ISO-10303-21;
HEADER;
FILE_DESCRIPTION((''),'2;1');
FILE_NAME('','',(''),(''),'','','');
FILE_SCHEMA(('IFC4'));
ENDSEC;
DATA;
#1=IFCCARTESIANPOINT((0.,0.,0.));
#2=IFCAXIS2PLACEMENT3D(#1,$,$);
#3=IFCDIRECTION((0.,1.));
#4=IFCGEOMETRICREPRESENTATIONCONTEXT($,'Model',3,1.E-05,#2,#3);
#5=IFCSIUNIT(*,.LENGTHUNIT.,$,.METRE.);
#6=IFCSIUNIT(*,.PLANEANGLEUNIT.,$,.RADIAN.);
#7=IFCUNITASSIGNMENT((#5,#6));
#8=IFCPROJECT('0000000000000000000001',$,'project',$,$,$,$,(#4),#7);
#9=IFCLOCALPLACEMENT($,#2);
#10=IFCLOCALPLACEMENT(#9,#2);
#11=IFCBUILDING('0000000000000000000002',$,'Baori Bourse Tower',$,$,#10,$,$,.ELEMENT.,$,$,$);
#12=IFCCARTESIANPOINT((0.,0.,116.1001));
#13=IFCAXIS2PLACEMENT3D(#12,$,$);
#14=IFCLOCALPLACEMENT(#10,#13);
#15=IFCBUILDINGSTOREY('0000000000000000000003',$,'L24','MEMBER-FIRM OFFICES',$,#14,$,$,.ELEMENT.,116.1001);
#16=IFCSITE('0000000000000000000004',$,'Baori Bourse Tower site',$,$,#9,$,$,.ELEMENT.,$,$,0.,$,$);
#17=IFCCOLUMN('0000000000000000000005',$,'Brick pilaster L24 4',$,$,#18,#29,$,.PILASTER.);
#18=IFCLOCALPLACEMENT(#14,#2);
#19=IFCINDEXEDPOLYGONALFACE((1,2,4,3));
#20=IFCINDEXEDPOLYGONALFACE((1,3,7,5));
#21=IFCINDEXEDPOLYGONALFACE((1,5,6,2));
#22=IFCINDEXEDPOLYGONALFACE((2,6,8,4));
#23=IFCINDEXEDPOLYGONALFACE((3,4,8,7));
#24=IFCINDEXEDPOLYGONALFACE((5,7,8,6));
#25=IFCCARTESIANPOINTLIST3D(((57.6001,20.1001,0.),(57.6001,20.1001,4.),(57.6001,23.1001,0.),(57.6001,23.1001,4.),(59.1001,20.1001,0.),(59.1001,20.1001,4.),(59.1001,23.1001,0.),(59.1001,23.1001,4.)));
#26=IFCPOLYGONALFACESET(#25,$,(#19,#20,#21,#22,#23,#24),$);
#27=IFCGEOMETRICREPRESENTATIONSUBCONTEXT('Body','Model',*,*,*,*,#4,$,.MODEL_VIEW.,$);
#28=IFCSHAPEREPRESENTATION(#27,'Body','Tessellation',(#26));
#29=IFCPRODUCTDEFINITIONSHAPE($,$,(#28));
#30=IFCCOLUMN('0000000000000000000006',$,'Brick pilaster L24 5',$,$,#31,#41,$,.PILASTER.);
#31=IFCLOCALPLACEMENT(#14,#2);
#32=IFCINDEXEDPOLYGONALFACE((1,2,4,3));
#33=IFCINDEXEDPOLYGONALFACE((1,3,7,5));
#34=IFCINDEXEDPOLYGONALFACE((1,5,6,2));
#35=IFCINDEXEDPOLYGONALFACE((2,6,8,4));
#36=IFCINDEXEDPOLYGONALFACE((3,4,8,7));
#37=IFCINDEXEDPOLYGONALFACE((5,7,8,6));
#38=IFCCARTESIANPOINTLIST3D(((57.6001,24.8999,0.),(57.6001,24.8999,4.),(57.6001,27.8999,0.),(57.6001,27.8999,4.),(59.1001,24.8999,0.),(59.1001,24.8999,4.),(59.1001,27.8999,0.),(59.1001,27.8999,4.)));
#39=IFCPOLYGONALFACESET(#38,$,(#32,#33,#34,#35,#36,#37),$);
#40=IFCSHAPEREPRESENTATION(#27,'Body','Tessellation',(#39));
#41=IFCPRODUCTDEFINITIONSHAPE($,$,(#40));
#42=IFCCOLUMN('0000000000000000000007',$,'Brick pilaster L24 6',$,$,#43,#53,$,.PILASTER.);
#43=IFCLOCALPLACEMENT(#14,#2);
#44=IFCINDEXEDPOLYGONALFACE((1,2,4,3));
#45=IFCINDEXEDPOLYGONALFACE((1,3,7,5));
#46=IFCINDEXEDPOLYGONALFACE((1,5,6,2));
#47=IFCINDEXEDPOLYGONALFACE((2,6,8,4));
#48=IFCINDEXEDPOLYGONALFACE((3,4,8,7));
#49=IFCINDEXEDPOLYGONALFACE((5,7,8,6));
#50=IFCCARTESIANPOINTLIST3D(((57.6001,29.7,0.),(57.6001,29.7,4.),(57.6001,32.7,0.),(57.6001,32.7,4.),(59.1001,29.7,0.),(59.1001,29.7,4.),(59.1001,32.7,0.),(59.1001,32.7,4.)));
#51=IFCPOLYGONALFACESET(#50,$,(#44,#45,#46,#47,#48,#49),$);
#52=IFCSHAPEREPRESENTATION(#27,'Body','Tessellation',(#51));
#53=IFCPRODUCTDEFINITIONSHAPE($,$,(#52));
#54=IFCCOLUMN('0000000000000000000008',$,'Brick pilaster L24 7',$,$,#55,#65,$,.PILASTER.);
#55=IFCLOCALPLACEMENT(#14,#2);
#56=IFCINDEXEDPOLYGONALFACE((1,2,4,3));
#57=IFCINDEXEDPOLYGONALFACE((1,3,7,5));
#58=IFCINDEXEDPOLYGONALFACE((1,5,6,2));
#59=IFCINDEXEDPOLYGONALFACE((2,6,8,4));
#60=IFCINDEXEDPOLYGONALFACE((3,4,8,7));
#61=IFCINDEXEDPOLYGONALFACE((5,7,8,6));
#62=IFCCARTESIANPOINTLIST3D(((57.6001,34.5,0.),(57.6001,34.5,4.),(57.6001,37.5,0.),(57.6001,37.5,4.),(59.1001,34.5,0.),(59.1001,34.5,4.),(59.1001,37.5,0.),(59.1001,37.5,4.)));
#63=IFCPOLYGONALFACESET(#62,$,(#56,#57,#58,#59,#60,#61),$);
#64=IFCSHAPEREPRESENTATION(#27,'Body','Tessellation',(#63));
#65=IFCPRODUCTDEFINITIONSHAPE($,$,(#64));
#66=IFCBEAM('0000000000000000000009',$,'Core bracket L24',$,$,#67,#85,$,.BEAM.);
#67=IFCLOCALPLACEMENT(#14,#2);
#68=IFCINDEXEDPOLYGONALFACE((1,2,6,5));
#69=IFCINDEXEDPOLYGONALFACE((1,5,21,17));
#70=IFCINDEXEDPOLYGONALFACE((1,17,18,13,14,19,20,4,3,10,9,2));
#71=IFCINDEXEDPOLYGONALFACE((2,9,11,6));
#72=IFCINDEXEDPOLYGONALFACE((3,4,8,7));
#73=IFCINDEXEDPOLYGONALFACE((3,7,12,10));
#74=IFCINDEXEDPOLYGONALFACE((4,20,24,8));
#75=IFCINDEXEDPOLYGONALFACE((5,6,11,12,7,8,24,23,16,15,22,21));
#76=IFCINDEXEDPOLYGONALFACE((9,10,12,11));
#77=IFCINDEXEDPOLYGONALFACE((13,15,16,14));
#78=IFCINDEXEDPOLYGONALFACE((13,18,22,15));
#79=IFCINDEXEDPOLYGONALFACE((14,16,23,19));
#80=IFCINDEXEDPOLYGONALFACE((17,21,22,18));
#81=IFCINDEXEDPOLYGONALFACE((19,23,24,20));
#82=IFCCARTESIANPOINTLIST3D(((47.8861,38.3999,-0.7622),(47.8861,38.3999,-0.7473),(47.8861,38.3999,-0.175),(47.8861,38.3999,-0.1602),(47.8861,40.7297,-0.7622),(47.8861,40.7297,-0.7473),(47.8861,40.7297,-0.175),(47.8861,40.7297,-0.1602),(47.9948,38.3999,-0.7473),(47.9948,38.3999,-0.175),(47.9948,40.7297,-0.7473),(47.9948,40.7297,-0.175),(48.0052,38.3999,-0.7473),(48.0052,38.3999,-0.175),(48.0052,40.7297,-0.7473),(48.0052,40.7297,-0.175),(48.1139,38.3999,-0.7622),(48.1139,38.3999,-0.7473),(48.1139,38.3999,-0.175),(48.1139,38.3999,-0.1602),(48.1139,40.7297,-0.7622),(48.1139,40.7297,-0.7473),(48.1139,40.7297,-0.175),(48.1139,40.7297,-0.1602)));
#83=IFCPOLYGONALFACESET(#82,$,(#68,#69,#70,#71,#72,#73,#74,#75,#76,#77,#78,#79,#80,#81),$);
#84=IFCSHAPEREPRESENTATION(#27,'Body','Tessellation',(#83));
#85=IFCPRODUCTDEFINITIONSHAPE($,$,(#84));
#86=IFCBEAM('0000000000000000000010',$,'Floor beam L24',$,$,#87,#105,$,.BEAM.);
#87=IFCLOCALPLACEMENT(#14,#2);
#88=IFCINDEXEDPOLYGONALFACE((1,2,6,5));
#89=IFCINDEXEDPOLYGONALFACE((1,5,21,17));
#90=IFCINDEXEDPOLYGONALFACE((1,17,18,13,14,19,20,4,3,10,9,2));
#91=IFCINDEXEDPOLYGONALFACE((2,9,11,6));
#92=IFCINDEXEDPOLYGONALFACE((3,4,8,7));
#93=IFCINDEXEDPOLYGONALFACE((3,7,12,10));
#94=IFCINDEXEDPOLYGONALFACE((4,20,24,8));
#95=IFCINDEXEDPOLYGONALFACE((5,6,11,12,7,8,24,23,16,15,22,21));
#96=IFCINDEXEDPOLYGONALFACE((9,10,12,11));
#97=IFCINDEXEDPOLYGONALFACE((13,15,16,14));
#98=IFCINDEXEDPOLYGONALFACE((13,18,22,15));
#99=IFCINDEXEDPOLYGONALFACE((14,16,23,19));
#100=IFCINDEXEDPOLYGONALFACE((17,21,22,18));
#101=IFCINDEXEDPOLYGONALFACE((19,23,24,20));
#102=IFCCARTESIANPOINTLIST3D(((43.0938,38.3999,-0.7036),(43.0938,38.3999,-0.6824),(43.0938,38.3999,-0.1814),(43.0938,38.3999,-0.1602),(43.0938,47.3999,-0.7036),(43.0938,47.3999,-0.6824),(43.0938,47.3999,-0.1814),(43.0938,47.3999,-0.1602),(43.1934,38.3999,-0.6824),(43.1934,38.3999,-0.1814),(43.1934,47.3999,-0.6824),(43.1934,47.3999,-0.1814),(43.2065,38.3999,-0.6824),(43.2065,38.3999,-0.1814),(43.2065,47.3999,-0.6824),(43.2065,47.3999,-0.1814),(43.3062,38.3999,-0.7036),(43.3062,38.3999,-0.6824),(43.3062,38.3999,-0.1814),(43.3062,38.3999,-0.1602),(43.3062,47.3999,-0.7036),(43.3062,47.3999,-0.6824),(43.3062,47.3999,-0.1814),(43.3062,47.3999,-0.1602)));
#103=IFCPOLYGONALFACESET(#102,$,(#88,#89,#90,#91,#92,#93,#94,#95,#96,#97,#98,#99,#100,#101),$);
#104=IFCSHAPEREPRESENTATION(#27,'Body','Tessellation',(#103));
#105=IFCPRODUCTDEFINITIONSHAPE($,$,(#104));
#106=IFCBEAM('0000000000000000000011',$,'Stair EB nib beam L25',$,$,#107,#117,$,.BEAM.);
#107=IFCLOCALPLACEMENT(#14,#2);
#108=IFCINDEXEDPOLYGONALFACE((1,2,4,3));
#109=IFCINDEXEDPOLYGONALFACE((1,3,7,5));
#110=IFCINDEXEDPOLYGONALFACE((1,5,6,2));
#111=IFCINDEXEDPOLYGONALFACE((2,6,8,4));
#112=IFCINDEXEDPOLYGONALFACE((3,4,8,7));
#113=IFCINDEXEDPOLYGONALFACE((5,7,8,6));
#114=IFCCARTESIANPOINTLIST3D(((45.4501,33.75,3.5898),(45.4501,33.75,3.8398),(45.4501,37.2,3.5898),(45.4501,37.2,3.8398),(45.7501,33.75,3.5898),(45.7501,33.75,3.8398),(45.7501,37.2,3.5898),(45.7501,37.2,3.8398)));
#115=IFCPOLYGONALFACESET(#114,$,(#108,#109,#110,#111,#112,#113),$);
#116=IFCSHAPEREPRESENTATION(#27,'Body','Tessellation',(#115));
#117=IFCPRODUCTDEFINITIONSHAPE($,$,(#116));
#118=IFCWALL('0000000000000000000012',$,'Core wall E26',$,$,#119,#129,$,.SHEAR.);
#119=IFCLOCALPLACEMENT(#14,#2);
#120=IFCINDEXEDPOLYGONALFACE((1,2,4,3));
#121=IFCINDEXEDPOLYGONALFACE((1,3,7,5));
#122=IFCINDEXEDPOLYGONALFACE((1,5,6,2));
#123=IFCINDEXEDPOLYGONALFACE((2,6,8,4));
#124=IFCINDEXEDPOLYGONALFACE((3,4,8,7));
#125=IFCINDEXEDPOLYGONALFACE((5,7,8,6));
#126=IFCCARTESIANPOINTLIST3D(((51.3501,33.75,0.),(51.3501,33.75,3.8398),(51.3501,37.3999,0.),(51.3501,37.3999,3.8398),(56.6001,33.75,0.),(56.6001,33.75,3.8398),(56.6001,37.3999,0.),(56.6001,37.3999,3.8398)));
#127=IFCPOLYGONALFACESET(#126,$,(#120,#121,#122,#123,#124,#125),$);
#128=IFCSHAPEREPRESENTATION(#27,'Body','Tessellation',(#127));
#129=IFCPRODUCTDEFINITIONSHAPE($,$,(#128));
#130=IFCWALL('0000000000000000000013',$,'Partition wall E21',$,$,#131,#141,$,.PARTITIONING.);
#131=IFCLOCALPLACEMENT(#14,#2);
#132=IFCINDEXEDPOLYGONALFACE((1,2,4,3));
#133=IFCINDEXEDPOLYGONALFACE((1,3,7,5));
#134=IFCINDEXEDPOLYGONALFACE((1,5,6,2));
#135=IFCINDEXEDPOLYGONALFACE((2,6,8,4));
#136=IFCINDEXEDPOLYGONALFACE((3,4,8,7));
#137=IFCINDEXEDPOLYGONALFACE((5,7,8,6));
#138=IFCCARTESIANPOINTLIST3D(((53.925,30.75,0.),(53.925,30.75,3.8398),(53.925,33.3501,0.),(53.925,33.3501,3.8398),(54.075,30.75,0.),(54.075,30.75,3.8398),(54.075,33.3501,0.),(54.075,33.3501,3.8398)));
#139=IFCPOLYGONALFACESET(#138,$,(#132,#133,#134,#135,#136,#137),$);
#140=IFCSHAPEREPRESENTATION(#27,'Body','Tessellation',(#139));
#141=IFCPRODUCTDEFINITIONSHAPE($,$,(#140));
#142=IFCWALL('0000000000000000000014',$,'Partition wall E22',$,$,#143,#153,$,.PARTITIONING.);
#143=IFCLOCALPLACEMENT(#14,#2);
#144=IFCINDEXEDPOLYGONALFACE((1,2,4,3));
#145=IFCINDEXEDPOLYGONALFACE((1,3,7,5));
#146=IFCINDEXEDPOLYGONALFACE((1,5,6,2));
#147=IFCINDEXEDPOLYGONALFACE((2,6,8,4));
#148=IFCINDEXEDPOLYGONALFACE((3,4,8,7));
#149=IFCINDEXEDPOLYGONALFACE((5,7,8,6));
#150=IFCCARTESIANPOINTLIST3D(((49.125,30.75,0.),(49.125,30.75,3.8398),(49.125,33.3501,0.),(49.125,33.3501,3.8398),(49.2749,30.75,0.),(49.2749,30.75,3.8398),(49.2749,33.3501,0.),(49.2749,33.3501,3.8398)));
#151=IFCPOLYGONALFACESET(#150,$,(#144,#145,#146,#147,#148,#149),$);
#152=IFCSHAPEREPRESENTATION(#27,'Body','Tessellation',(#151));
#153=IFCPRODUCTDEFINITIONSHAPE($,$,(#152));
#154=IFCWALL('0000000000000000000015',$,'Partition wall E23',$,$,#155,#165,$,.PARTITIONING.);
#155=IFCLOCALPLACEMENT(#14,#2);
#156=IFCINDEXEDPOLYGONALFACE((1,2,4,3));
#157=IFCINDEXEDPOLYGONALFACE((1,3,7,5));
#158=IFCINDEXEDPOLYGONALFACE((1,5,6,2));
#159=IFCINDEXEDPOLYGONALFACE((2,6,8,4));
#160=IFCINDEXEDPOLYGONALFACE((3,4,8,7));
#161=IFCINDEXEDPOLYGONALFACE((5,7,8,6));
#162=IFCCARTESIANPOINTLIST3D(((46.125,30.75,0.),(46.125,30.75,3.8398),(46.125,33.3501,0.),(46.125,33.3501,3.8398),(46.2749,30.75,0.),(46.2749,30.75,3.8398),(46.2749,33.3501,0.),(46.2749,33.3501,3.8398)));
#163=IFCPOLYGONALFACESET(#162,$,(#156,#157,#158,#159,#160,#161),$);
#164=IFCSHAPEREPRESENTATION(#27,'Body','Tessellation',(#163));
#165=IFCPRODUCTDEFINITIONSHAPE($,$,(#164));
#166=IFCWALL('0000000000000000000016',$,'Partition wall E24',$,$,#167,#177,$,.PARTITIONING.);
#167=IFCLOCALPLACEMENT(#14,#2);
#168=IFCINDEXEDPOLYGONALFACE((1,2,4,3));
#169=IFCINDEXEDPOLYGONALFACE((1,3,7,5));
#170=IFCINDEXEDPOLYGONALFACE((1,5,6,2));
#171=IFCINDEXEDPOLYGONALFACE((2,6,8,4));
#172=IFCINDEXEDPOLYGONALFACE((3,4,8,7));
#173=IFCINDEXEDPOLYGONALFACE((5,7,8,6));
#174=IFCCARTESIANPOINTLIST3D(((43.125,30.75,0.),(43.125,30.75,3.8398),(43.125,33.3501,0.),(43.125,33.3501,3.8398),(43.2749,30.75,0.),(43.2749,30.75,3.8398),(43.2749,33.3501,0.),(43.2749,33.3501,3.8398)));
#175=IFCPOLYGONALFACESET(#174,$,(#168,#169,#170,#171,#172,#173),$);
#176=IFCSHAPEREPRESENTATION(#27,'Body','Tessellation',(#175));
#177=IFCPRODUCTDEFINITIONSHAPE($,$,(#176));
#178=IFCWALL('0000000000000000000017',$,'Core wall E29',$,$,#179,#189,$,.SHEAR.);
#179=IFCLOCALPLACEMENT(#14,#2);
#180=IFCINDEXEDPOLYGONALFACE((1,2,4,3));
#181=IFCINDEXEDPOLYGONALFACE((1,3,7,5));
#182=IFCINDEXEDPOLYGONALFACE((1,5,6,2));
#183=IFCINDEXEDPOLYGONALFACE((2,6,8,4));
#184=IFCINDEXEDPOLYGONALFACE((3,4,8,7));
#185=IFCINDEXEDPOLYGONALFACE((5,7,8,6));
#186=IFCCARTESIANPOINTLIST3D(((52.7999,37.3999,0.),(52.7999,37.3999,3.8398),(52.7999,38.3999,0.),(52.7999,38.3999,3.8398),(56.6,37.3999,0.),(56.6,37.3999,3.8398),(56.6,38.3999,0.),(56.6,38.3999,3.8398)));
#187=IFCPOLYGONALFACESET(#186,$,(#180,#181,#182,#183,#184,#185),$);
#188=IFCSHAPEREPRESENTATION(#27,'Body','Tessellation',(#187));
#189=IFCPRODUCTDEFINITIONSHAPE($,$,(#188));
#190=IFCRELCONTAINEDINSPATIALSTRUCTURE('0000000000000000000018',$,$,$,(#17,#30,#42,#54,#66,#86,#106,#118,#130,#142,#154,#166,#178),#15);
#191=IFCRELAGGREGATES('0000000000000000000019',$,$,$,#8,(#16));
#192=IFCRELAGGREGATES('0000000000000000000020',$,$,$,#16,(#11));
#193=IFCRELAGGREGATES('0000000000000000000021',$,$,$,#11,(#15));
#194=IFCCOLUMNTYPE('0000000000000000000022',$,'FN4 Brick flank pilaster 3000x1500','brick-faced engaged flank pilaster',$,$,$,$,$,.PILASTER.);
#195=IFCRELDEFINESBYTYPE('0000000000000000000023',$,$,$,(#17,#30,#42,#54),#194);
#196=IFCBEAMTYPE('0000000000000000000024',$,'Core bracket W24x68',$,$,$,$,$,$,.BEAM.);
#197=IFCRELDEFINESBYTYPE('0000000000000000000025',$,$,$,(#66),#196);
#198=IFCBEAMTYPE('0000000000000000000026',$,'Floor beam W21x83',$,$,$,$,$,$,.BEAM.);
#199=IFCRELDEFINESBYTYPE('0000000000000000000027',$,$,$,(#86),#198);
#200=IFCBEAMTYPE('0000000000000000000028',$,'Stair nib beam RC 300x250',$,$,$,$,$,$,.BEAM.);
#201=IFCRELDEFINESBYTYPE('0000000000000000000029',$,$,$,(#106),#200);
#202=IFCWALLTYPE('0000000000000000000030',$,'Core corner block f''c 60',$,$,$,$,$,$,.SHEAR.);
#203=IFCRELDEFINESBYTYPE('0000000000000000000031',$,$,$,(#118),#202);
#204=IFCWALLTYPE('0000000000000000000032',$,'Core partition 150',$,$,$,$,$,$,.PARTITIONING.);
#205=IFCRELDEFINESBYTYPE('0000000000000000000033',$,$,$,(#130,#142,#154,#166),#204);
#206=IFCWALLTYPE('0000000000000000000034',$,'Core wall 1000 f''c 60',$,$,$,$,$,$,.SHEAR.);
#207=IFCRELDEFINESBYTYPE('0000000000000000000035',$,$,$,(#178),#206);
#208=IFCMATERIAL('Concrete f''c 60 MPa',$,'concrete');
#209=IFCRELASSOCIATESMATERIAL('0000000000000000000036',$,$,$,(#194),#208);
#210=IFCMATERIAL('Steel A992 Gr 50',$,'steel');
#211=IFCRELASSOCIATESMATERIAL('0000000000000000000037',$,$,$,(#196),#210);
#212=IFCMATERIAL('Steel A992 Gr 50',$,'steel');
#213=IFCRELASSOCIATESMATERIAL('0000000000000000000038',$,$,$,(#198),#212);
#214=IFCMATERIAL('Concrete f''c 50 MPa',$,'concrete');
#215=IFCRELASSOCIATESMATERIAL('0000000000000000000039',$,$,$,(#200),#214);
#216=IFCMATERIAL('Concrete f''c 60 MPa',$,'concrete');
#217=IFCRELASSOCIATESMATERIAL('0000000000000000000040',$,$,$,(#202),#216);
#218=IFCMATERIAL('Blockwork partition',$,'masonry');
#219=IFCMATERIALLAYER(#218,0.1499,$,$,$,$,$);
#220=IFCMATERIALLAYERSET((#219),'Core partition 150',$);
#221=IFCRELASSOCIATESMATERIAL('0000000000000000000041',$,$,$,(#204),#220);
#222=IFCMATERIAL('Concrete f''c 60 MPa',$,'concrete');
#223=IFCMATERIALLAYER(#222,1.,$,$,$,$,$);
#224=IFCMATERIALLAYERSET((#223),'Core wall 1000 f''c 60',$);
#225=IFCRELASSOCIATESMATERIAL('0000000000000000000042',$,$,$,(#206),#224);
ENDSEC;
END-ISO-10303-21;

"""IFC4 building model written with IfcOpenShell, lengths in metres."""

from ifc_helpers import new_model, si_unit, direction, frame, frame_2d, origin, origin_2d, place, context, subcontext, project, spatial, rectangle, i_section, extrude, material, layer, layer_set, material_profile, profile_set, type_object, element, save


model = new_model("IFC4")

# Units and contexts
model_context = context("Model", 3, precision=1e-05, world=origin(), true_north=direction((0.0, 1.0)))
body_context = subcontext(model_context, "Body", "Model", "MODEL_VIEW")
ifc_project = project(units=[si_unit("LENGTHUNIT", "METRE"), si_unit("PLANEANGLEUNIT", "RADIAN")], contexts=[model_context])

# Site, building, storey
site_placement = place(None, origin())
site = spatial("IfcSite", under=ifc_project, at=site_placement, Name="Baori Bourse Tower site", CompositionType="ELEMENT", RefElevation=0.0)
building_placement = place(site_placement, origin())
building = spatial("IfcBuilding", under=site, at=building_placement, Name="Baori Bourse Tower", CompositionType="ELEMENT")
storey_placement = place(building_placement, frame((0.0, 0.0, 116.1001)))
storey = spatial("IfcBuildingStorey", under=building, at=storey_placement, Name="L24", Description="MEMBER-FIRM OFFICES", CompositionType="ELEMENT", Elevation=116.1001)

# Columns
ifc_material_1 = material(Name="Concrete f'c 60 MPa", Category="concrete")
ifc_material_profile_1 = material_profile(ifc_material_1, rectangle(XDim=3.0, YDim=1.5, at=origin_2d()), Name="RC 3000x1500")
ifc_profile_set_1 = profile_set([ifc_material_profile_1], Name="Concrete f'c 60 MPa")
column_type = type_object("IfcColumnType", Name="FN4 Brick flank pilaster 3000x1500", Description="brick-faced engaged flank pilaster", PredefinedType="PILASTER", material=ifc_profile_set_1)
for number, where, z_axis, x_axis, name in (
    (1, (58.3501, 21.6001, 0.0), (0.0, 0.0, 1.0), (0.0, 1.0, 0.0), "Brick pilaster L24 4"),
    (2, (58.3501, 26.3999, 0.0), (0.0, 0.0, 1.0), (0.0, 1.0, 0.0), "Brick pilaster L24 5"),
    (3, (58.3501, 31.2, 0.0), (0.0, 0.0, 1.0), (0.0, 1.0, 0.0), "Brick pilaster L24 6"),
    (4, (58.3501, 36.0, 0.0), (0.0, 0.0, 1.0), (0.0, 1.0, 0.0), "Brick pilaster L24 7"),
):
    element("IfcColumn", number, at=place(storey_placement, frame(where, z_axis=z_axis, x_axis=x_axis)), inside=storey, type_object=column_type, Name=name, PredefinedType="PILASTER", context=body_context, shape_type="SweptSolid", body=[
        extrude(rectangle(XDim=3.0, YDim=1.5, at=origin_2d()), origin(), (0.0, 0.0, 1.0), 4.0),
    ])

# Beams
ifc_material_2 = material(Name="Steel A992 Gr 50", Category="steel")
ifc_material_profile_2 = material_profile(ifc_material_2, i_section(OverallWidth=0.2278, OverallDepth=0.6021, WebThickness=0.0105, FlangeThickness=0.0149, at=origin_2d()), Name="W24x68")
ifc_profile_set_2 = profile_set([ifc_material_profile_2], Name="Steel A992 Gr 50")
beam_type_1 = type_object("IfcBeamType", Name="Core bracket W24x68", PredefinedType="BEAM", material=ifc_profile_set_2)
beam_1_placement = place(storey_placement, frame((48.0, 38.3999, -0.4612), z_axis=(0.0, 1.0, 0.0), x_axis=(-1.0, 0.0, 0.0)))
element("IfcBeam", 5, at=beam_1_placement, inside=storey, type_object=beam_type_1, Name="Core bracket L24", PredefinedType="BEAM", context=body_context, shape_type="SweptSolid", body=[
    extrude(i_section(OverallWidth=0.2278, OverallDepth=0.6021, WebThickness=0.0105, FlangeThickness=0.0149, at=origin_2d()), origin(), (0.0, 0.0, 1.0), 2.3298),
])
ifc_material_3 = material(Name="Steel A992 Gr 50", Category="steel")
ifc_material_profile_3 = material_profile(ifc_material_3, i_section(OverallWidth=0.2124, OverallDepth=0.5435, WebThickness=0.0132, FlangeThickness=0.0212, at=origin_2d()), Name="W21x83")
ifc_profile_set_3 = profile_set([ifc_material_profile_3], Name="Steel A992 Gr 50")
beam_type_2 = type_object("IfcBeamType", Name="Floor beam W21x83", PredefinedType="BEAM", material=ifc_profile_set_3)
beam_2_placement = place(storey_placement, frame((43.2, 38.3999, -0.4319), z_axis=(0.0, 1.0, 0.0), x_axis=(-1.0, 0.0, 0.0)))
element("IfcBeam", 6, at=beam_2_placement, inside=storey, type_object=beam_type_2, Name="Floor beam L24", PredefinedType="BEAM", context=body_context, shape_type="SweptSolid", body=[
    extrude(i_section(OverallWidth=0.2124, OverallDepth=0.5435, WebThickness=0.0132, FlangeThickness=0.0212, at=origin_2d()), origin(), (0.0, 0.0, 1.0), 9.0),
])
ifc_material_4 = material(Name="Concrete f'c 50 MPa", Category="concrete")
ifc_material_profile_4 = material_profile(ifc_material_4, rectangle(XDim=0.3, YDim=0.25, at=origin_2d()), Name="RC 300x250")
ifc_profile_set_4 = profile_set([ifc_material_profile_4], Name="Concrete f'c 50 MPa")
beam_type_3 = type_object("IfcBeamType", Name="Stair nib beam RC 300x250", PredefinedType="BEAM", material=ifc_profile_set_4)
beam_3_placement = place(storey_placement, frame((45.6001, 33.75, 3.7148), z_axis=(0.0, 1.0, 0.0), x_axis=(-1.0, 0.0, 0.0)))
element("IfcBeam", 7, at=beam_3_placement, inside=storey, type_object=beam_type_3, Name="Stair EB nib beam L25", PredefinedType="BEAM", context=body_context, shape_type="SweptSolid", body=[
    extrude(rectangle(XDim=0.3, YDim=0.25, at=origin_2d()), origin(), (0.0, 0.0, 1.0), 3.45),
])

# Walls
ifc_material_5 = material(Name="Concrete f'c 60 MPa", Category="concrete")
wall_type_1 = type_object("IfcWallType", Name="Core corner block f'c 60", PredefinedType="SHEAR", material=ifc_material_5)
wall_1_placement = place(storey_placement, frame((51.3501, 35.575, 0.0), z_axis=(0.0, 0.0, 1.0), x_axis=(1.0, 0.0, 0.0)))
element("IfcWall", 8, at=wall_1_placement, inside=storey, type_object=wall_type_1, Name="Core wall E26", PredefinedType="SHEAR", context=body_context, shape_type="SweptSolid", body=[
    extrude(rectangle(XDim=5.25, YDim=3.6499, at=frame_2d((2.625, 0.0))), origin(), (0.0, 0.0, 1.0), 3.8398),
])
ifc_material_6 = material(Name="Blockwork partition", Category="masonry")
ifc_layer_1 = layer(ifc_material_6, 0.1499)
ifc_layer_set_1 = layer_set([ifc_layer_1], Name="Core partition 150")
wall_type_2 = type_object("IfcWallType", Name="Core partition 150", PredefinedType="PARTITIONING", material=ifc_layer_set_1)
for number, where, z_axis, x_axis, name in (
    (9, (54.0, 30.75, 0.0), (0.0, 0.0, 1.0), (0.0, 1.0, 0.0), "Partition wall E21"),
    (10, (49.2, 30.75, 0.0), (0.0, 0.0, 1.0), (0.0, 1.0, 0.0), "Partition wall E22"),
    (11, (46.2, 30.75, 0.0), (0.0, 0.0, 1.0), (0.0, 1.0, 0.0), "Partition wall E23"),
    (12, (43.2, 30.75, 0.0), (0.0, 0.0, 1.0), (0.0, 1.0, 0.0), "Partition wall E24"),
):
    element("IfcWall", number, at=place(storey_placement, frame(where, z_axis=z_axis, x_axis=x_axis)), inside=storey, type_object=wall_type_2, Name=name, PredefinedType="PARTITIONING", context=body_context, shape_type="SweptSolid", body=[
        extrude(rectangle(XDim=2.6001, YDim=0.1499, at=frame_2d((1.3, 0.0))), origin(), (0.0, 0.0, 1.0), 3.8398),
    ])
ifc_material_7 = material(Name="Concrete f'c 60 MPa", Category="concrete")
ifc_layer_2 = layer(ifc_material_7, 1.0)
ifc_layer_set_2 = layer_set([ifc_layer_2], Name="Core wall 1000 f'c 60")
wall_type_3 = type_object("IfcWallType", Name="Core wall 1000 f'c 60", PredefinedType="SHEAR", material=ifc_layer_set_2)
wall_2_placement = place(storey_placement, frame((52.8, 37.8999, 0.0), z_axis=(0.0, 0.0, 1.0), x_axis=(1.0, 0.0, 0.0)))
element("IfcWall", 13, at=wall_2_placement, inside=storey, type_object=wall_type_3, Name="Core wall E29", PredefinedType="SHEAR", context=body_context, shape_type="SweptSolid", body=[
    extrude(rectangle(XDim=3.8, YDim=1.0, at=frame_2d((1.8999, 0.0))), origin(), (0.0, 0.0, 1.0), 3.8398),
])

save(model, "model.ifc")
